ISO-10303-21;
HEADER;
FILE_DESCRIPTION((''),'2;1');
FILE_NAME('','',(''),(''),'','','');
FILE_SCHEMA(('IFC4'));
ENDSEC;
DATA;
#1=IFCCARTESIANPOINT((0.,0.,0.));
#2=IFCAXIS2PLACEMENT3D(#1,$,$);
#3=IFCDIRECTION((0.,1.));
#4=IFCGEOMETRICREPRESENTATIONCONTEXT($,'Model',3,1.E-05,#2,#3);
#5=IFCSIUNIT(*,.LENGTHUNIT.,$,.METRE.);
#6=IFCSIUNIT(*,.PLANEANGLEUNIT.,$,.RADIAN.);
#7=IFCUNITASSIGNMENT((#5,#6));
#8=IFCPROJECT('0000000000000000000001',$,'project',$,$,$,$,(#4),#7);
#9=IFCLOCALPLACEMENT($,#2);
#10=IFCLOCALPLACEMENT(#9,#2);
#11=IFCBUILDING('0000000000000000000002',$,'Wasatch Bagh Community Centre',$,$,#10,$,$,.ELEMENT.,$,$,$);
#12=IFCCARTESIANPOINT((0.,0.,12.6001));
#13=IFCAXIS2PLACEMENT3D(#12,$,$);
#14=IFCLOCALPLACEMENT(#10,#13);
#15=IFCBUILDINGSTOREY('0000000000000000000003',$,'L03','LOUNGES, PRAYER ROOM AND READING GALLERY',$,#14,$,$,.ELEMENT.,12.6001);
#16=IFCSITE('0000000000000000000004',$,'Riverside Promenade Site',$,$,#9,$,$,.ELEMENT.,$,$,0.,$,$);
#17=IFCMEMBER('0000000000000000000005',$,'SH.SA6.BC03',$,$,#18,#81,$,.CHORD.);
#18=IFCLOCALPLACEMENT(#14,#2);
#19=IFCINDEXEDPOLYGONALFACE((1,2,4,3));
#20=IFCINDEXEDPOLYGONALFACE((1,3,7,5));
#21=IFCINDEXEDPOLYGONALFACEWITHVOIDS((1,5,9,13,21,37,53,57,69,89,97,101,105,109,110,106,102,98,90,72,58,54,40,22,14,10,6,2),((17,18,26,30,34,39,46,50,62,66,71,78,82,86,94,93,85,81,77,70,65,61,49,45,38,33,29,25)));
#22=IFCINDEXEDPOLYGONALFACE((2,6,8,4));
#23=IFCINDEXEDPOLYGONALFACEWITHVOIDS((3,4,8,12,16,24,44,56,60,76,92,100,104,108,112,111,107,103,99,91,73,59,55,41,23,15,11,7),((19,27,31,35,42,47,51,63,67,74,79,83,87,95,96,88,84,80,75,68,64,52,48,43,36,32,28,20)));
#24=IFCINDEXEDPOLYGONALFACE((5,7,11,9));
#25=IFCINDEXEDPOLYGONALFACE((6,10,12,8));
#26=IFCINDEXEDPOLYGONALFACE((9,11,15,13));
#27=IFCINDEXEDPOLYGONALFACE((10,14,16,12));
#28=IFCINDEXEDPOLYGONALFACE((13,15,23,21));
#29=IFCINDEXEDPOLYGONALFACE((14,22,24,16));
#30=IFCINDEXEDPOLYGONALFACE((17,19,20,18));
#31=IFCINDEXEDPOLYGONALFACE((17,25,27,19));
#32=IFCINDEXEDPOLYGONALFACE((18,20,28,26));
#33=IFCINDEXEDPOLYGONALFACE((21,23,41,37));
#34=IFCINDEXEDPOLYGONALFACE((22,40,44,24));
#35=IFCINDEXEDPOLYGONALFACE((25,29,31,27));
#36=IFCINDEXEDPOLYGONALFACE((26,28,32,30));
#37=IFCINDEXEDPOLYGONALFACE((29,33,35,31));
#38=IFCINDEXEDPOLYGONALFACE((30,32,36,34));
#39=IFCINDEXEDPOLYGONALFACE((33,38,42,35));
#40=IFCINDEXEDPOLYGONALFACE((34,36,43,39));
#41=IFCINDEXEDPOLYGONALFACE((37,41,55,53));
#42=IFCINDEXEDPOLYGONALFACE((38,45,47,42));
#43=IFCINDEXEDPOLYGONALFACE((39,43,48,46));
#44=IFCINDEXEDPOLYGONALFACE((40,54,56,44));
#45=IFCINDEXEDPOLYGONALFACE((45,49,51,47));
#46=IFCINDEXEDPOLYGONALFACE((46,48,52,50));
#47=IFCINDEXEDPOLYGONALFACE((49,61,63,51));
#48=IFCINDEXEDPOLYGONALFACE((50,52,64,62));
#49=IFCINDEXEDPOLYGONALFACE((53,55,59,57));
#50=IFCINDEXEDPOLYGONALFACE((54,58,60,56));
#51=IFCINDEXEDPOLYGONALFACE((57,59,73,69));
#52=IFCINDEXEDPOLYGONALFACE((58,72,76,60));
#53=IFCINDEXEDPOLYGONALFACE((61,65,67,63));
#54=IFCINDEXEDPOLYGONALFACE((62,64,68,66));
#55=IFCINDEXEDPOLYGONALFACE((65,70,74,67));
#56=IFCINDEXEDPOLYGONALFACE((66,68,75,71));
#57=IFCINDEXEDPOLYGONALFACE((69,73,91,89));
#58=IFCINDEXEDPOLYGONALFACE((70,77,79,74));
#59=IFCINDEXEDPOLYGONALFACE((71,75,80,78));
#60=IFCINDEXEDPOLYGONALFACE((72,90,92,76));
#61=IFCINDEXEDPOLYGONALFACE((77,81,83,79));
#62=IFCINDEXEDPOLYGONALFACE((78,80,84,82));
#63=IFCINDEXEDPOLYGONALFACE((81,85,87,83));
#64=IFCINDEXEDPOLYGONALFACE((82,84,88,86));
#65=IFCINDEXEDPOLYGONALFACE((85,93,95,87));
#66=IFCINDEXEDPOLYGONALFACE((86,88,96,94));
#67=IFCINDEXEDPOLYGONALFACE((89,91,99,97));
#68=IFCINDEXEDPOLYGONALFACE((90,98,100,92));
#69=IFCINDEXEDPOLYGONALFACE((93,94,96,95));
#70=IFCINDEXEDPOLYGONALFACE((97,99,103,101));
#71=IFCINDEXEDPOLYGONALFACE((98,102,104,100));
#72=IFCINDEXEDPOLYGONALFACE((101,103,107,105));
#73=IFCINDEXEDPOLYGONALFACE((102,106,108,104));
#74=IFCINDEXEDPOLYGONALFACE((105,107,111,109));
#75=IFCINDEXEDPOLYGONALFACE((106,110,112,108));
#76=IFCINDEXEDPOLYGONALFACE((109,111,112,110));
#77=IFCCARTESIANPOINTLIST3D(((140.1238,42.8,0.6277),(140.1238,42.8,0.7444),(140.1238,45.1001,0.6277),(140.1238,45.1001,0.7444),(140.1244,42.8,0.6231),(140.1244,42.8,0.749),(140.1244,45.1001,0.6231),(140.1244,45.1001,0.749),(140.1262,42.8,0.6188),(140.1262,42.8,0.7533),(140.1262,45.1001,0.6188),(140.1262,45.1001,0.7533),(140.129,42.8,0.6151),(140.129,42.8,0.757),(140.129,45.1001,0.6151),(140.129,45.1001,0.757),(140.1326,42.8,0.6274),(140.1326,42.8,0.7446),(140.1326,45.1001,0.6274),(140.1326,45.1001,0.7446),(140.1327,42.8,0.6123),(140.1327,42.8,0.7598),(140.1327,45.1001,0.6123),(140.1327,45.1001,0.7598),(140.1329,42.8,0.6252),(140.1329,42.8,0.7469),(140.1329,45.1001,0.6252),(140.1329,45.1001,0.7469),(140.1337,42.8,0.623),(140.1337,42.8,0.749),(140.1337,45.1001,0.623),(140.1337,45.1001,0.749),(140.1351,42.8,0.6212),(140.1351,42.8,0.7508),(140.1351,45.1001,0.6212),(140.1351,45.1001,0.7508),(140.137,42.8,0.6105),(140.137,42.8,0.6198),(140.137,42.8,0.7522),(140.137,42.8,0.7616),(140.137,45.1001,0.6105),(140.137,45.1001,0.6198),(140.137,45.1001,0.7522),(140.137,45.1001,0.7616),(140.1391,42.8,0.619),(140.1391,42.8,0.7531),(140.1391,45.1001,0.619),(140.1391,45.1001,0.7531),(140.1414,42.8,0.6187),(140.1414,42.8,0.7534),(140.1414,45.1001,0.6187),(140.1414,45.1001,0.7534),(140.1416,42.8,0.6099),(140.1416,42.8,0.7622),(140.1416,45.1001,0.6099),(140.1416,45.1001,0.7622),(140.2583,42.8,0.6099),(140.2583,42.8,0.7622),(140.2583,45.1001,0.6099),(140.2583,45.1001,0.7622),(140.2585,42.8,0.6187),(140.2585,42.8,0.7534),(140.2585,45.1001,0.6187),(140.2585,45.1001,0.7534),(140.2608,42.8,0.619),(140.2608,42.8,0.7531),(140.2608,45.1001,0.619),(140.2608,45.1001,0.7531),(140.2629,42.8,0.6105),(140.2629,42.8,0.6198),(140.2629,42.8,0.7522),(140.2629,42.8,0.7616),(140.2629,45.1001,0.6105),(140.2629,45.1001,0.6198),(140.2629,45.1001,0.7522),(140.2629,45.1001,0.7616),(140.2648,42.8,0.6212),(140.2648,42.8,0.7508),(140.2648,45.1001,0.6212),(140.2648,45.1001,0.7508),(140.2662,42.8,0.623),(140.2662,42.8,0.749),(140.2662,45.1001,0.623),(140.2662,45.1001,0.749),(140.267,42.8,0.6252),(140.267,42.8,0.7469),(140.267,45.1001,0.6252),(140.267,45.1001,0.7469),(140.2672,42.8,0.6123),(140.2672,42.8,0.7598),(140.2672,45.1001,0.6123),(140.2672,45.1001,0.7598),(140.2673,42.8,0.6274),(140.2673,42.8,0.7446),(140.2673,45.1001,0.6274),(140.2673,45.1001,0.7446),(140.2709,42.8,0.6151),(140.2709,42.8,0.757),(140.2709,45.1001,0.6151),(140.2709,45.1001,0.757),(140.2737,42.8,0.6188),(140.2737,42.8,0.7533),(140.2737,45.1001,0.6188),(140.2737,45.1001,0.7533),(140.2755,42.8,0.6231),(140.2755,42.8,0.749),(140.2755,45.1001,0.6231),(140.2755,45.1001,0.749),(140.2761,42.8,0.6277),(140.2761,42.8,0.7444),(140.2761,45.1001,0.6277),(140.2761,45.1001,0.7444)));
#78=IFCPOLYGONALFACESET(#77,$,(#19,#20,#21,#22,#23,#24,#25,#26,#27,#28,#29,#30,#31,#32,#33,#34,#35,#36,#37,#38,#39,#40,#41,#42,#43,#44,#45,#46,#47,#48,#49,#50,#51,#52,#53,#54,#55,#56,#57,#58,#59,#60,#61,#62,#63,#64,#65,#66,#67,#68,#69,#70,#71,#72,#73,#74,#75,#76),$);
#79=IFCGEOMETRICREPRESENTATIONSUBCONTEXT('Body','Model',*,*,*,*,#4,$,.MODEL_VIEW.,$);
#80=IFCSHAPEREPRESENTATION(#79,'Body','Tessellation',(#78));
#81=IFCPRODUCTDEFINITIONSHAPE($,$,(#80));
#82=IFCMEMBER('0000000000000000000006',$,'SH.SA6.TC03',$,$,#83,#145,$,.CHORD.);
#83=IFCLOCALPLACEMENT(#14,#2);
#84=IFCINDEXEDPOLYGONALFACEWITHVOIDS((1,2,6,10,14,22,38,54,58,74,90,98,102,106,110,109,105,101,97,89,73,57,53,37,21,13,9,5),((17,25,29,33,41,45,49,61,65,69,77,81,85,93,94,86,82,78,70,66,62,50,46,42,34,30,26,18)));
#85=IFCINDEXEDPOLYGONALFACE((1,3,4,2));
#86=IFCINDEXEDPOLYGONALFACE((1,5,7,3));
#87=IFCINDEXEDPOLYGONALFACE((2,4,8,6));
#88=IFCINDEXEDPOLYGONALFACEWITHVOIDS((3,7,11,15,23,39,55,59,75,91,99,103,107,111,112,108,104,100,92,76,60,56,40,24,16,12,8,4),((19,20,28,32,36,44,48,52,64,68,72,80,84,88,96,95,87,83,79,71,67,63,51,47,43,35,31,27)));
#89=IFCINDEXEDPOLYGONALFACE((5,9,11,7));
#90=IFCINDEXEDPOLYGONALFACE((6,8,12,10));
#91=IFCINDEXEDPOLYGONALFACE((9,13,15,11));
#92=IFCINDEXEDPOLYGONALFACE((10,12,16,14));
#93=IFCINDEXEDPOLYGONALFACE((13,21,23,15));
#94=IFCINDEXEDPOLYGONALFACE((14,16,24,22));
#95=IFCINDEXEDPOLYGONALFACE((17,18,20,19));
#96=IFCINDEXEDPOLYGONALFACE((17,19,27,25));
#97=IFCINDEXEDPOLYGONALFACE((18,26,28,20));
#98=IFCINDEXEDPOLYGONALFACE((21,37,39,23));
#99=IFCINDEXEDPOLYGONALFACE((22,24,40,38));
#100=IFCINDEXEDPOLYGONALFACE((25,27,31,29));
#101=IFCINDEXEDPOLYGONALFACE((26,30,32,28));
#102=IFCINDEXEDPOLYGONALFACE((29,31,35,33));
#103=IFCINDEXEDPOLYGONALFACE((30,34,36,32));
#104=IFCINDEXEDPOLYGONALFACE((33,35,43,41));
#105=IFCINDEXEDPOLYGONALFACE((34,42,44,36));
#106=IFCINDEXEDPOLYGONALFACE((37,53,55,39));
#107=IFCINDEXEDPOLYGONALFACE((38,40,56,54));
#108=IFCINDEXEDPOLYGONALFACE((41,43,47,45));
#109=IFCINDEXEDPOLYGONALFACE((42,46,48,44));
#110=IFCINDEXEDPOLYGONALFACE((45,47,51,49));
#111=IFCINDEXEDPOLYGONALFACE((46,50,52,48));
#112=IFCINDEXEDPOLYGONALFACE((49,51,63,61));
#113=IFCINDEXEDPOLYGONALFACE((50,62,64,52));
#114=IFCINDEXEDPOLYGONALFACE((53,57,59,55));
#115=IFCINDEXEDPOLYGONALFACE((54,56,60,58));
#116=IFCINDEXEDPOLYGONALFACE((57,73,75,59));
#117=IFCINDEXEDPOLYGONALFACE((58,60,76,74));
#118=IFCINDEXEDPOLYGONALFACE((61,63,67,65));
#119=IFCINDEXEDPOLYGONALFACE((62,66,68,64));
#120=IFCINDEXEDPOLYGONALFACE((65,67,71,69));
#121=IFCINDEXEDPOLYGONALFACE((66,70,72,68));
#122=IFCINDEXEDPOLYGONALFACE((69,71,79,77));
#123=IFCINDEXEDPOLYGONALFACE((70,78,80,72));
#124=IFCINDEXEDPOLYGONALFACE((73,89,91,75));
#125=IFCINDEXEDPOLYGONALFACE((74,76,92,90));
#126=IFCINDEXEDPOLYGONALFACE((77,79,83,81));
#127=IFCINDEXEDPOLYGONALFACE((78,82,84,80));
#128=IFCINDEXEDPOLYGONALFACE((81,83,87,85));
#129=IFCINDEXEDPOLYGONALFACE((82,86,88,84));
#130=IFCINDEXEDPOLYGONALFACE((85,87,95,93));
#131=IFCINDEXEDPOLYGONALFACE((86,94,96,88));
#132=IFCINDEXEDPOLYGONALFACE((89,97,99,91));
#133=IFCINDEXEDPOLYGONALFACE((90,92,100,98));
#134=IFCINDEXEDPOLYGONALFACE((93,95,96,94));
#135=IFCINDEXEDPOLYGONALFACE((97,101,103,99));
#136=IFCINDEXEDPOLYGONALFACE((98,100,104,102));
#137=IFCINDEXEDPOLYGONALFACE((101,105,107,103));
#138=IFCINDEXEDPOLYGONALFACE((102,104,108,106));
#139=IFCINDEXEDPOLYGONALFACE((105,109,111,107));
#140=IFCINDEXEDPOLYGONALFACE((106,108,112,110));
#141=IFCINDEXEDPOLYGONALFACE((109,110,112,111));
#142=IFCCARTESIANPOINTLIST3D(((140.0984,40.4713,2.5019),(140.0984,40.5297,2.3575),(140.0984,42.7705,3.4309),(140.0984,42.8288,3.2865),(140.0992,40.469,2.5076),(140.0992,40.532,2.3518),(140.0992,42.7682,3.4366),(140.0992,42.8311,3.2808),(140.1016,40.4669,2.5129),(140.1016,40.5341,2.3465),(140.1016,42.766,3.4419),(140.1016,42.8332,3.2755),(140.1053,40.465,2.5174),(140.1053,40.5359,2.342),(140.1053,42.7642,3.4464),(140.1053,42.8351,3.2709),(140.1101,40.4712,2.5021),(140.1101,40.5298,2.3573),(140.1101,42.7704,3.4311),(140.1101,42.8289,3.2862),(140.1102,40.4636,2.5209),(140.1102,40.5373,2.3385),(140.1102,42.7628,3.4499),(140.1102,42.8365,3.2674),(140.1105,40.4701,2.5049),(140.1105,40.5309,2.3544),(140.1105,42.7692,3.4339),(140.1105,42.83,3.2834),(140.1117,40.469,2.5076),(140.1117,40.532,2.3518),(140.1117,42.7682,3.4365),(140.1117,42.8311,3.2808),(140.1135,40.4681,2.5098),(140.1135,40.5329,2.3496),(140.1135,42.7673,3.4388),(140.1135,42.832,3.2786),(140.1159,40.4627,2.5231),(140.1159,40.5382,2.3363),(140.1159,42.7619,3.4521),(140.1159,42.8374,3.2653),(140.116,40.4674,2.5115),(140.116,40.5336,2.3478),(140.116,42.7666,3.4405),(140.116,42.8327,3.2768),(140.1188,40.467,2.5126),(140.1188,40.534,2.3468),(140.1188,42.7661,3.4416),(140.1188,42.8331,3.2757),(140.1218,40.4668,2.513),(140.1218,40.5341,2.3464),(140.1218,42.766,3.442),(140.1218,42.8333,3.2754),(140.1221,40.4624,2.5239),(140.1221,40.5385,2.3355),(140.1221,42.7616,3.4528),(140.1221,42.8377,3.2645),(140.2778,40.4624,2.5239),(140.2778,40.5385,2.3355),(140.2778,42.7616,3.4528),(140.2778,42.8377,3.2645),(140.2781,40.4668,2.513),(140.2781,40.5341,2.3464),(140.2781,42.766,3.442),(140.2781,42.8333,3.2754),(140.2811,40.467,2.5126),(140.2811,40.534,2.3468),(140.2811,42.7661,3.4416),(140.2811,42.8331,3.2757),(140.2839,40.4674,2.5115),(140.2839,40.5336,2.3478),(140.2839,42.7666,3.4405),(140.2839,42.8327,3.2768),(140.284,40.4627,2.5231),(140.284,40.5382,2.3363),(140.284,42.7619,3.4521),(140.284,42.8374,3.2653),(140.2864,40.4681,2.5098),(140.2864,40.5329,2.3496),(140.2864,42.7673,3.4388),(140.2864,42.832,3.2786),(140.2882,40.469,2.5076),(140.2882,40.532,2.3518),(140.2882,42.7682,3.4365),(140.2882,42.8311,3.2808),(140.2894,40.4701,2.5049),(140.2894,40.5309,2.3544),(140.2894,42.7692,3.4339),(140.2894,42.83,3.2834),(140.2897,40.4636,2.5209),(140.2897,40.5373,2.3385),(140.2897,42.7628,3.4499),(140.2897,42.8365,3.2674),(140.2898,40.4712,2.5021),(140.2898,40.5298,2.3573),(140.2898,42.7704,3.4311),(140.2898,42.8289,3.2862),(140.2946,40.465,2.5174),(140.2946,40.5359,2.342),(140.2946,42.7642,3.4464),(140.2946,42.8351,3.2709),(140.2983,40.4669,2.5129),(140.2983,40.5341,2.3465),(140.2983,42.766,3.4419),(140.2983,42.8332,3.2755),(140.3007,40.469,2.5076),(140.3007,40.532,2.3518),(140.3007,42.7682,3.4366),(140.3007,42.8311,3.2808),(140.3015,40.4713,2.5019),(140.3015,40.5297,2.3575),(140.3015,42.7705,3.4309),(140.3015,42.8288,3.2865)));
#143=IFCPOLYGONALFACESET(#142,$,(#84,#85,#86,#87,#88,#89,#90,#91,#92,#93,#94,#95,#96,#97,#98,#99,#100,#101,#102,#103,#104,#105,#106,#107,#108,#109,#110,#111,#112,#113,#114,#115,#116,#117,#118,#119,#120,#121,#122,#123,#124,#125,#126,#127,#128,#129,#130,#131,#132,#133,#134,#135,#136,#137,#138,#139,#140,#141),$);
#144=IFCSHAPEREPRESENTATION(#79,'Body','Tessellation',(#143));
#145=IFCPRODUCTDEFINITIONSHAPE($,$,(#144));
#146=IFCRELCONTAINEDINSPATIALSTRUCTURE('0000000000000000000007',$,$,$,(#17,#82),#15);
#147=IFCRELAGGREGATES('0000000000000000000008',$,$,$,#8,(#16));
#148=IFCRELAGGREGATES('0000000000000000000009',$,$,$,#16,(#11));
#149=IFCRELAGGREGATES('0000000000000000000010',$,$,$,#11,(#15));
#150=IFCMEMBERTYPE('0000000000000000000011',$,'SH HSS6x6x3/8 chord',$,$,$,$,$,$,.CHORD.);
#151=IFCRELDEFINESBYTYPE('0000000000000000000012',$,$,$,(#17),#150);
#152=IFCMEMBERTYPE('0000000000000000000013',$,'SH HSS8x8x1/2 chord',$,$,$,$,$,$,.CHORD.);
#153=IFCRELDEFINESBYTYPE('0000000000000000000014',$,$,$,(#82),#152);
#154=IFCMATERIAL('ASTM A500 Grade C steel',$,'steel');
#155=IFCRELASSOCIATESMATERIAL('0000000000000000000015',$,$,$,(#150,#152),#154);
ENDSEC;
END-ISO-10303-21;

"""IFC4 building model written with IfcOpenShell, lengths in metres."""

from ifc_helpers import new_model, si_unit, direction, frame, origin, origin_2d, place, context, subcontext, project, spatial, hollow_rectangle, extrude, material, material_profile, profile_set, type_object, element, save


model = new_model("IFC4")

# Units and contexts
model_context = context("Model", 3, precision=1e-05, world=origin(), true_north=direction((0.0, 1.0)))
body_context = subcontext(model_context, "Body", "Model", "MODEL_VIEW")
ifc_project = project(units=[si_unit("LENGTHUNIT", "METRE"), si_unit("PLANEANGLEUNIT", "RADIAN")], contexts=[model_context])

# Site, building, storey
site_placement = place(None, origin())
site = spatial("IfcSite", under=ifc_project, at=site_placement, Name="Riverside Promenade Site", CompositionType="ELEMENT", RefElevation=0.0)
building_placement = place(site_placement, origin())
building = spatial("IfcBuilding", under=site, at=building_placement, Name="Wasatch Bagh Community Centre", CompositionType="ELEMENT")
storey_placement = place(building_placement, frame((0.0, 0.0, 12.6001)))
storey = spatial("IfcBuildingStorey", under=building, at=storey_placement, Name="L03", Description="LOUNGES, PRAYER ROOM AND READING GALLERY", CompositionType="ELEMENT", Elevation=12.6001)

# Members
ifc_material_1 = material(Name="ASTM A500 Grade C steel", Category="steel")
ifc_material_profile_1 = material_profile(ifc_material_1, hollow_rectangle(XDim=0.1523, YDim=0.1523, WallThickness=0.0088, InnerFilletRadius=0.0088, OuterFilletRadius=0.0178, at=origin_2d()), Name="HSS6x6x3/8")
ifc_profile_set_1 = profile_set([ifc_material_profile_1], Name="ASTM A500 Grade C steel")
member_type_1 = type_object("IfcMemberType", Name="SH HSS6x6x3/8 chord", PredefinedType="CHORD", material=ifc_profile_set_1)
for number, where, z_axis, x_axis, name in (
    (1, (140.2, 42.8, 0.686), (0.0, 1.0, 0.0), (-1.0, 0.0, 0.0), "SH.SA6.BC03"),
):
    element("IfcMember", number, at=place(storey_placement, frame(where, z_axis=z_axis, x_axis=x_axis)), inside=storey, type_object=member_type_1, Name=name, PredefinedType="CHORD", context=body_context, shape_type="SweptSolid", body=[
        extrude(hollow_rectangle(XDim=0.1523, YDim=0.1523, WallThickness=0.0088, InnerFilletRadius=0.0088, OuterFilletRadius=0.0178, at=origin_2d()), origin(), (0.0, 0.0, 1.0), 2.3),
    ])
ifc_material_profile_2 = material_profile(ifc_material_1, hollow_rectangle(XDim=0.2031, YDim=0.2031, WallThickness=0.0117, InnerFilletRadius=0.0117, OuterFilletRadius=0.0237, at=origin_2d()), Name="HSS8x8x1/2")
ifc_profile_set_2 = profile_set([ifc_material_profile_2], Name="ASTM A500 Grade C steel")
member_type_2 = type_object("IfcMemberType", Name="SH HSS8x8x1/2 chord", PredefinedType="CHORD", material=ifc_profile_set_2)
member_1_placement = place(storey_placement, frame((140.2, 40.5005, 2.4297), z_axis=(0.0, 0.927174, 0.374631), x_axis=(-1.0, 0.0, 0.0)))
element("IfcMember", 2, at=member_1_placement, inside=storey, type_object=member_type_2, Name="SH.SA6.TC03", PredefinedType="CHORD", context=body_context, shape_type="SweptSolid", body=[
    extrude(hollow_rectangle(XDim=0.2031, YDim=0.2031, WallThickness=0.0117, InnerFilletRadius=0.0117, OuterFilletRadius=0.0237, at=origin_2d()), origin(), (0.0, 0.0, 1.0), 2.4797),
])

save(model, "model.ifc")
